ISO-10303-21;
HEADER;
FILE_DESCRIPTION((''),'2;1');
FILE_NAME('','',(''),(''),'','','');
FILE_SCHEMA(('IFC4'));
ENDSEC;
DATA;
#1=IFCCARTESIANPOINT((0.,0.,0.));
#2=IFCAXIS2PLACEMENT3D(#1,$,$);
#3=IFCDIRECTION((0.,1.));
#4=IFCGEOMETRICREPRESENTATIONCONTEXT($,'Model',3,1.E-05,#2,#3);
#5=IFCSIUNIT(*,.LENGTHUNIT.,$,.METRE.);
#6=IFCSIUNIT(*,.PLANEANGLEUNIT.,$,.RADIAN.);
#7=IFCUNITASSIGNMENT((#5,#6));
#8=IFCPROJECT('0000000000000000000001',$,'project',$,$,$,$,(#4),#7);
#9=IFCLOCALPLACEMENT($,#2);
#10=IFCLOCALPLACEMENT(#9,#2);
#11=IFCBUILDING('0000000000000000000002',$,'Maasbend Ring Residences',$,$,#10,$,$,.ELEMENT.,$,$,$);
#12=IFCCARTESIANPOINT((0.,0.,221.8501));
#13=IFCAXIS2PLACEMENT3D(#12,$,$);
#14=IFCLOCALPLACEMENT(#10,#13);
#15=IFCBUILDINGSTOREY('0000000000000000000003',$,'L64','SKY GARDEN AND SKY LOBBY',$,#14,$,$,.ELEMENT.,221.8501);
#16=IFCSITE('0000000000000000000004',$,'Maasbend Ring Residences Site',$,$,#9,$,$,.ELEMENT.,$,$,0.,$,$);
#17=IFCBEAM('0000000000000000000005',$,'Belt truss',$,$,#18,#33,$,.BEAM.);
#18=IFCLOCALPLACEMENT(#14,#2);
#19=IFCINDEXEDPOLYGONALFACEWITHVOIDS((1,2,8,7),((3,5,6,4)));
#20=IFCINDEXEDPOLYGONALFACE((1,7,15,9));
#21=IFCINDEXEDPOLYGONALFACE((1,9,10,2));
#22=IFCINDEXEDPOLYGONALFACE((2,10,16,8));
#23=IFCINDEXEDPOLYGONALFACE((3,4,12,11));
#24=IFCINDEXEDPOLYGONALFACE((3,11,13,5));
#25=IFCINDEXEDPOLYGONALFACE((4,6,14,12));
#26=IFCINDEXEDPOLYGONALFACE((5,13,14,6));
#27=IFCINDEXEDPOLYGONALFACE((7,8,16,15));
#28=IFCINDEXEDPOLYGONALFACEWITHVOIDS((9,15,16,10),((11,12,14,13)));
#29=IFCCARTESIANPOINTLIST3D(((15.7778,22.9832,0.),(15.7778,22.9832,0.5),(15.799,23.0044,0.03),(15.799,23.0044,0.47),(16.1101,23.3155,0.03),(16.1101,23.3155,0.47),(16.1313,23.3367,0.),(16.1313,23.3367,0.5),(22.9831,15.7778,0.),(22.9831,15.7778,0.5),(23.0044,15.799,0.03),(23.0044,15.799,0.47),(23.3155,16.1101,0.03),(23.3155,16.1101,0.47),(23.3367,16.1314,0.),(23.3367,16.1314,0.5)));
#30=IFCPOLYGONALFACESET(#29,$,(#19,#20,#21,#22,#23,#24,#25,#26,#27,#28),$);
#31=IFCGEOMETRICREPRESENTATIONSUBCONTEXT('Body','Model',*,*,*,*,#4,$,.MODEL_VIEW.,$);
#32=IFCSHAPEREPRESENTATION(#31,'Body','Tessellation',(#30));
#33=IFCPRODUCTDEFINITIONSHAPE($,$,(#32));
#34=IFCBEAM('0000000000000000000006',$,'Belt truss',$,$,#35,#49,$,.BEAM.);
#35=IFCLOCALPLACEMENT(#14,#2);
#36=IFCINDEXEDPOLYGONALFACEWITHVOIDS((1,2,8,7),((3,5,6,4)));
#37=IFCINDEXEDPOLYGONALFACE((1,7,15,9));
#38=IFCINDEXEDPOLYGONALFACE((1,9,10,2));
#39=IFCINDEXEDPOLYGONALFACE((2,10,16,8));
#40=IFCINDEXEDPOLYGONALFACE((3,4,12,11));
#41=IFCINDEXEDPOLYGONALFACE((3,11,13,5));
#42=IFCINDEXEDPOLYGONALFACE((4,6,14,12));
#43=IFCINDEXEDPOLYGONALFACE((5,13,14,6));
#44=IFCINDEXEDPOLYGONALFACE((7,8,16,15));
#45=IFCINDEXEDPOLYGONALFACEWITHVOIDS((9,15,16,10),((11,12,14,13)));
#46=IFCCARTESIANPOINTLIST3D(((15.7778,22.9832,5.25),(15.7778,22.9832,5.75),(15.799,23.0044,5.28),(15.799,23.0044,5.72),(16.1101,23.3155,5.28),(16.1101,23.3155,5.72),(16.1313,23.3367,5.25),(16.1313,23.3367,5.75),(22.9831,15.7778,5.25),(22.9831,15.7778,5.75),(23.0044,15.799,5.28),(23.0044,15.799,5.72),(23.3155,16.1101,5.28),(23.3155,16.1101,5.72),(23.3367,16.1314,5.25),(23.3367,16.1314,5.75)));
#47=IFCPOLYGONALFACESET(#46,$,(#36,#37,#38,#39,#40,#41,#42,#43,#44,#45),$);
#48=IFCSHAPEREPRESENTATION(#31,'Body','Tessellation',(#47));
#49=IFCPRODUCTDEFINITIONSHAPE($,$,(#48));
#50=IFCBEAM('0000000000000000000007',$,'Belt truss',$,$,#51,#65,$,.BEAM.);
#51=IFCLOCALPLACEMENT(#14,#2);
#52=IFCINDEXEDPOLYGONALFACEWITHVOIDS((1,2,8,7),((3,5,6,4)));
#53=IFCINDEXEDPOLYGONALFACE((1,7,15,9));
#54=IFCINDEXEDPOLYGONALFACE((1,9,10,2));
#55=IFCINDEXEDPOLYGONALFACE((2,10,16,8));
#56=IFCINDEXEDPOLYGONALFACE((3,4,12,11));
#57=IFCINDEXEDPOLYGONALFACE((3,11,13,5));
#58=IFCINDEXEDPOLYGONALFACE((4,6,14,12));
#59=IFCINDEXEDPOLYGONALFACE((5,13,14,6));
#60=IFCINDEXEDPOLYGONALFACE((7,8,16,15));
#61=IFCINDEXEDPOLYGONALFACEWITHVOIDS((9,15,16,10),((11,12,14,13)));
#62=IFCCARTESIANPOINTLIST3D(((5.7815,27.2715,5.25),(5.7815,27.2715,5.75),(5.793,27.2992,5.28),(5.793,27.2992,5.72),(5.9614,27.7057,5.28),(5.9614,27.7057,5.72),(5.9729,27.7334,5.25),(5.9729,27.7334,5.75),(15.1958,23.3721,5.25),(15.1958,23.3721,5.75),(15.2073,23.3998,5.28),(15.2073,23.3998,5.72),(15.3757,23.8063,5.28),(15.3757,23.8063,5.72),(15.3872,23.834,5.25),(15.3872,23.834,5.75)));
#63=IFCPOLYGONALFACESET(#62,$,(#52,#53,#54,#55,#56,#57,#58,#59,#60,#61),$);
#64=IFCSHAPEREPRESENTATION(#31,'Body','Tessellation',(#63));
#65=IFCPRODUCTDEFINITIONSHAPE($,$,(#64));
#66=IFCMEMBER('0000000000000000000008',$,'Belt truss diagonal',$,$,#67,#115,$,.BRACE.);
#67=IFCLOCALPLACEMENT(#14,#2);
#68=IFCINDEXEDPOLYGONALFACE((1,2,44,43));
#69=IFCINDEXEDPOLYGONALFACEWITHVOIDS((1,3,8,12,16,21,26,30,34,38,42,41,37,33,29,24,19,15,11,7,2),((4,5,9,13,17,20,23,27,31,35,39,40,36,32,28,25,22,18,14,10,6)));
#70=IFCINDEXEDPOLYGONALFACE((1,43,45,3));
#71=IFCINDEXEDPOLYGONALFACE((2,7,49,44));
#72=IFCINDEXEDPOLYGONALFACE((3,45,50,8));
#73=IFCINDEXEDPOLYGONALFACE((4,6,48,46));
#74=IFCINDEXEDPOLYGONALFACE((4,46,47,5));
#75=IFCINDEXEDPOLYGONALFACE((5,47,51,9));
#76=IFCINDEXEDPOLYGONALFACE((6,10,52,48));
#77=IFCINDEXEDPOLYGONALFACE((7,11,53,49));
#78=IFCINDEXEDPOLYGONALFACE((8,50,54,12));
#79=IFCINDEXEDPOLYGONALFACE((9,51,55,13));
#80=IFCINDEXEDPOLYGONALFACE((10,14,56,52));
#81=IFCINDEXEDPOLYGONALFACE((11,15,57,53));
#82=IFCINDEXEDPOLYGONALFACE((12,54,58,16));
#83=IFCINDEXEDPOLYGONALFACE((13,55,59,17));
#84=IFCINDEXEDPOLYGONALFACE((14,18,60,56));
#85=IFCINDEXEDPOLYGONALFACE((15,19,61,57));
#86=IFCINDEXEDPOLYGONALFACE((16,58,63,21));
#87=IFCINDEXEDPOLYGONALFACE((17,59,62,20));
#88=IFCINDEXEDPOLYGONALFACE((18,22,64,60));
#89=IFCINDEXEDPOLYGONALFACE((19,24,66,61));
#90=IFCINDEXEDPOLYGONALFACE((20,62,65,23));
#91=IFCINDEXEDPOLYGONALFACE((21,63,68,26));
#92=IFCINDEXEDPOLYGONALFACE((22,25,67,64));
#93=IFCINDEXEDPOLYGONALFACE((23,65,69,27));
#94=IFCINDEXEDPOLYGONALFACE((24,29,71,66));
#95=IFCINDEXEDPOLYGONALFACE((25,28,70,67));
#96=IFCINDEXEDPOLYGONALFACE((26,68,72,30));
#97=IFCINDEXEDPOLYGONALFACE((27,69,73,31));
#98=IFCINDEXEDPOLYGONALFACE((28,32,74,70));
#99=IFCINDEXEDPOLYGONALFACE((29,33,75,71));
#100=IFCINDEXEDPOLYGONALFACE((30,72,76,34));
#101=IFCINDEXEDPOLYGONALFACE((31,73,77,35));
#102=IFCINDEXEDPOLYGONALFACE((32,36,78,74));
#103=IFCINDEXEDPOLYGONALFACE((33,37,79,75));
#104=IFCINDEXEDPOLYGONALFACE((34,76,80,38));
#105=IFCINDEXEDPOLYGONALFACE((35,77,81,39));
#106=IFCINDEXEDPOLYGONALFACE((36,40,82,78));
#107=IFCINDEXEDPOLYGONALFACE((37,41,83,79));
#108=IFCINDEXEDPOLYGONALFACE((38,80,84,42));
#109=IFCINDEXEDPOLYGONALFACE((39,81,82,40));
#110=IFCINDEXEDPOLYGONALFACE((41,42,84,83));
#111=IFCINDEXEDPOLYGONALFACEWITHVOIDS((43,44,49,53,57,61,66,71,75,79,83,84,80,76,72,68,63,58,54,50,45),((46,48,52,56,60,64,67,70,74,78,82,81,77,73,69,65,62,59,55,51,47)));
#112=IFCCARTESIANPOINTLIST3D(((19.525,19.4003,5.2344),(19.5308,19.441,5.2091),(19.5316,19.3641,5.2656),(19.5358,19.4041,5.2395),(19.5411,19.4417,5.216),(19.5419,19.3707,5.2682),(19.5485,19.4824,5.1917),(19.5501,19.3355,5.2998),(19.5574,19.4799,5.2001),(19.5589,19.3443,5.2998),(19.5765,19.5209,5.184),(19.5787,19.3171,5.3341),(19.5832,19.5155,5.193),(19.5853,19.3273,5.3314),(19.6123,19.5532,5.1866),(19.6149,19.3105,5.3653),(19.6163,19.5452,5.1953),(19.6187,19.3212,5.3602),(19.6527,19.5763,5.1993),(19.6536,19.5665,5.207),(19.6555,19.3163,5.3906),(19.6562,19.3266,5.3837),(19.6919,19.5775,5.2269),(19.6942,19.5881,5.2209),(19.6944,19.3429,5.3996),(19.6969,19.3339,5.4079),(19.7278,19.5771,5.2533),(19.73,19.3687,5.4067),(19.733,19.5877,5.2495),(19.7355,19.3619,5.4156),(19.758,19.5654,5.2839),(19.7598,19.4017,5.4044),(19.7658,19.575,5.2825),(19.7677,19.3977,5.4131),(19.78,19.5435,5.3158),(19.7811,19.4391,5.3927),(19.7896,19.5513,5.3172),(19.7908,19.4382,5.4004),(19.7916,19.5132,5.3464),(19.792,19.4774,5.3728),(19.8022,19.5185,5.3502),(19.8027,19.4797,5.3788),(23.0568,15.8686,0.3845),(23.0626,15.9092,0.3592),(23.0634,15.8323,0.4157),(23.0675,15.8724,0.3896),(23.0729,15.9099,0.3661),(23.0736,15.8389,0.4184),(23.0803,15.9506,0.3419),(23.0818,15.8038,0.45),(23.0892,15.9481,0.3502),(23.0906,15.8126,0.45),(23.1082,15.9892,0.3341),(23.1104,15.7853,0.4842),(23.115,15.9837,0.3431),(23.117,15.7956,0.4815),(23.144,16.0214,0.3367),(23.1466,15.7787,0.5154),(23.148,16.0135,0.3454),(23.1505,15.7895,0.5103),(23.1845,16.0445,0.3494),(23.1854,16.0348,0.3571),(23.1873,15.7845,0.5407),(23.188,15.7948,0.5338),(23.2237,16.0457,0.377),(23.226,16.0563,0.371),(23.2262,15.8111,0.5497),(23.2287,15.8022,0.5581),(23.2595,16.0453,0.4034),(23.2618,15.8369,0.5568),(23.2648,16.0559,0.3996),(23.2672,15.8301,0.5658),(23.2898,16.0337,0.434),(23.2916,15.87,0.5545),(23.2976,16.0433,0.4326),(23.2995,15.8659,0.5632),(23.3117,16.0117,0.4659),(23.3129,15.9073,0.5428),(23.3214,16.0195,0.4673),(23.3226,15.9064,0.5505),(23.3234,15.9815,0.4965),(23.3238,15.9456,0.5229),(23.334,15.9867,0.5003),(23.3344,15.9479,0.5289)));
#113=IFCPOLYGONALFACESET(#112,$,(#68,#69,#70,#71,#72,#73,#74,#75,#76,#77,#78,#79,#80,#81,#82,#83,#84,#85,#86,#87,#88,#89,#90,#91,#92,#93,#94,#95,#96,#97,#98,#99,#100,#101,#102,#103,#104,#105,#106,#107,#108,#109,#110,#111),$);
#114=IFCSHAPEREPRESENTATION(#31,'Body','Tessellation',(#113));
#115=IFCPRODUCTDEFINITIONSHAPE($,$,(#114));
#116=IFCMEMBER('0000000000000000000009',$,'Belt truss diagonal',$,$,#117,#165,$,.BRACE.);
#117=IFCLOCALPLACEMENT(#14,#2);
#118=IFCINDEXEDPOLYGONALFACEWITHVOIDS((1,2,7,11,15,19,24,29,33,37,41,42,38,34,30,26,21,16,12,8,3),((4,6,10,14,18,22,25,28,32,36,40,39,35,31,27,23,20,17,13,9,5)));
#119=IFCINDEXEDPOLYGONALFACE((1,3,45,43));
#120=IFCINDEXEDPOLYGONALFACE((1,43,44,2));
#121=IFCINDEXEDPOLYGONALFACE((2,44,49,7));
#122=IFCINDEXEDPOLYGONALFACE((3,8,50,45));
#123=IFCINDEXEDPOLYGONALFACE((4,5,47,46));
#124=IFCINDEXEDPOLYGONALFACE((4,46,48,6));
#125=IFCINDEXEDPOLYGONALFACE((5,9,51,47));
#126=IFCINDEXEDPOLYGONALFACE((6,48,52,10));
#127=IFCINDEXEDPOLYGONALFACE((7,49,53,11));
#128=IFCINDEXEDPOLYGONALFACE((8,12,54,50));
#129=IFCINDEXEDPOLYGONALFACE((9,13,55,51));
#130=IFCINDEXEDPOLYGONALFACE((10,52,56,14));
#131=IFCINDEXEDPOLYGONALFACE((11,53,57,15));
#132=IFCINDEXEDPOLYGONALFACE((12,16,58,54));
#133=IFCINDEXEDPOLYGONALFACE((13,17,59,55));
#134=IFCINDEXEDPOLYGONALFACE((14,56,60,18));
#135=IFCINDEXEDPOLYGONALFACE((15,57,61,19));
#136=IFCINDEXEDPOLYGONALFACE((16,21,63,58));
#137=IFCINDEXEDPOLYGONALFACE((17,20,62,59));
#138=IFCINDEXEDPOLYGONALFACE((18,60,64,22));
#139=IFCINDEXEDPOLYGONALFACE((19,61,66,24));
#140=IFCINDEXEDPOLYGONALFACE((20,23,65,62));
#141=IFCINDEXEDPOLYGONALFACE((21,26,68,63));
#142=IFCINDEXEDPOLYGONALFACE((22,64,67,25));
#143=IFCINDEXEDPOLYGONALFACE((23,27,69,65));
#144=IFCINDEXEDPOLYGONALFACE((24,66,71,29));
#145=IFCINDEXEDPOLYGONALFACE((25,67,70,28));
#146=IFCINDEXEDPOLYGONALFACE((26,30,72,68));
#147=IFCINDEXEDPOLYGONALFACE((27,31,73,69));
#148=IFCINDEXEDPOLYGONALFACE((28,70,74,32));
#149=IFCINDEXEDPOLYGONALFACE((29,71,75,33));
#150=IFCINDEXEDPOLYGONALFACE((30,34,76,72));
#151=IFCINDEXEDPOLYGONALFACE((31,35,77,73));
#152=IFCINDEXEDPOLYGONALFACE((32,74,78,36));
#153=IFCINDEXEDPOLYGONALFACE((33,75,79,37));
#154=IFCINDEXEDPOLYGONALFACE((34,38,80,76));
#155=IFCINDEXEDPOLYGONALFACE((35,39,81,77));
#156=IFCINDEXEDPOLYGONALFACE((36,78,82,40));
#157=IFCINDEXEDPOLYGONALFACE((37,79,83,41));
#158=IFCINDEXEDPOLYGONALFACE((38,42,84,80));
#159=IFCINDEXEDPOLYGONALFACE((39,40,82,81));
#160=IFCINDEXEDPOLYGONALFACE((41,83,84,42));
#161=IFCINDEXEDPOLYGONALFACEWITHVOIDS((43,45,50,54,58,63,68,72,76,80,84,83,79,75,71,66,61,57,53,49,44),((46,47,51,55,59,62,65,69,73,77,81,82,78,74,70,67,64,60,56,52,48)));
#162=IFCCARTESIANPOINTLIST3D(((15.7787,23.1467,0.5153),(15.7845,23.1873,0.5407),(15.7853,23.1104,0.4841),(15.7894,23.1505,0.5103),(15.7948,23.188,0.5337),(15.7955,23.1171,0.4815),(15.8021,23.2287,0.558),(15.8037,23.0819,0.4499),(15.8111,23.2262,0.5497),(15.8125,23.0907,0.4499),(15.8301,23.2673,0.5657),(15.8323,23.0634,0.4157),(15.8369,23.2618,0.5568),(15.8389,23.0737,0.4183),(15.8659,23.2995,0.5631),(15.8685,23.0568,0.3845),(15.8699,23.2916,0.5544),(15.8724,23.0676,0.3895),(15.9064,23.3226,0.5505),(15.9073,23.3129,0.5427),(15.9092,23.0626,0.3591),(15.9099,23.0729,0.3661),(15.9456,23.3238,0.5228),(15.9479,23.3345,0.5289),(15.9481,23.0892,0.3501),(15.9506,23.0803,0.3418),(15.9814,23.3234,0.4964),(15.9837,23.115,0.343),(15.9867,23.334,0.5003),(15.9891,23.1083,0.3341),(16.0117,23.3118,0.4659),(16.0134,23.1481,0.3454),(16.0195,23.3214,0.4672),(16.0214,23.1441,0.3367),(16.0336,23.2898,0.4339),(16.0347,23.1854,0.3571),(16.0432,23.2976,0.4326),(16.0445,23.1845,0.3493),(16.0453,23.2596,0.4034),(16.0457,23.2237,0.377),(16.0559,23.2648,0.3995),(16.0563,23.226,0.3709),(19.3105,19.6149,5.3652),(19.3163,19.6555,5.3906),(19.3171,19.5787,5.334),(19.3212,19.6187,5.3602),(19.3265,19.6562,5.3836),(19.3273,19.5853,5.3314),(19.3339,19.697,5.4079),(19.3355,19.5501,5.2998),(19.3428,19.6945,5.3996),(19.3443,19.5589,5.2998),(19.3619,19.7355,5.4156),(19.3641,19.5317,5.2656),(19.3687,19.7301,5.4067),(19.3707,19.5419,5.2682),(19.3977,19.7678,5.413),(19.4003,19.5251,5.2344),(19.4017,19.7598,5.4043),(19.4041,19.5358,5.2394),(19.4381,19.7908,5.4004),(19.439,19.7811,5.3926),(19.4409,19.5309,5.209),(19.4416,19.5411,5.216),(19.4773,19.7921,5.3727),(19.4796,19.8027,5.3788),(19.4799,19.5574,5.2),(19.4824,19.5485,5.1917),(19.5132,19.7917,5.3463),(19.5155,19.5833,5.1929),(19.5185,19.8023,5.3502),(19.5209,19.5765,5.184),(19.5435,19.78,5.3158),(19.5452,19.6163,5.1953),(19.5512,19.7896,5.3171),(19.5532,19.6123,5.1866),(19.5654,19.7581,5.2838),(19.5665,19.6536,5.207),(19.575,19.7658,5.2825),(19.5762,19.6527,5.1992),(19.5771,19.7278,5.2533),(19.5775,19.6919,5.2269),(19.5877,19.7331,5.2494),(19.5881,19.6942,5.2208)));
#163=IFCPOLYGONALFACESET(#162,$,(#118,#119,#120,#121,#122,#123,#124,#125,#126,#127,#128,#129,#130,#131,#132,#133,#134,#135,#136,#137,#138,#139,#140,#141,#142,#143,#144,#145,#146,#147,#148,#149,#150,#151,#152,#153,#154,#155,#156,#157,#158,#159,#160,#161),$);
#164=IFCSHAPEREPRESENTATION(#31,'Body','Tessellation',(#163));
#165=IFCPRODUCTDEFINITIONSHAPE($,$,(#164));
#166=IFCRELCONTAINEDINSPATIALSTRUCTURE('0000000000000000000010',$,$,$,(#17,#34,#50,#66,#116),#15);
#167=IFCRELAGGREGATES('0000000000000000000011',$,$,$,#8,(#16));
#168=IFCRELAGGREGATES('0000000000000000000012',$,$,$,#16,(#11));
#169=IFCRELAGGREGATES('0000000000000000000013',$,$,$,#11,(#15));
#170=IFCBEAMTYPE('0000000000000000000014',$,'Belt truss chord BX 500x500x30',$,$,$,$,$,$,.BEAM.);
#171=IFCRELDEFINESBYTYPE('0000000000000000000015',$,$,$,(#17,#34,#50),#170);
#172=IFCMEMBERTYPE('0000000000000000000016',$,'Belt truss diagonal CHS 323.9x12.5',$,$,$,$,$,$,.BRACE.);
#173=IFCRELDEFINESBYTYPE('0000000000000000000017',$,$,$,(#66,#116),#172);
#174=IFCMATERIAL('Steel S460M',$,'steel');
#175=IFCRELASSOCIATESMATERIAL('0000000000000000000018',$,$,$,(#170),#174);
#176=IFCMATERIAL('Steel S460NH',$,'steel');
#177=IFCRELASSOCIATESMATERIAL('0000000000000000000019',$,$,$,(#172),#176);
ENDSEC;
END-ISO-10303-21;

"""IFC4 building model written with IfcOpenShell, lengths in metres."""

from ifc_helpers import new_model, si_unit, direction, frame, origin, origin_2d, place, context, subcontext, project, spatial, hollow_rectangle, hollow_circle, extrude, material, material_profile, profile_set, type_object, element, save


model = new_model("IFC4")

# Units and contexts
model_context = context("Model", 3, precision=1e-05, world=origin(), true_north=direction((0.0, 1.0)))
body_context = subcontext(model_context, "Body", "Model", "MODEL_VIEW")
ifc_project = project(units=[si_unit("LENGTHUNIT", "METRE"), si_unit("PLANEANGLEUNIT", "RADIAN")], contexts=[model_context])

# Site, building, storey
site_placement = place(None, origin())
site = spatial("IfcSite", under=ifc_project, at=site_placement, Name="Maasbend Ring Residences Site", CompositionType="ELEMENT", RefElevation=0.0)
building_placement = place(site_placement, origin())
building = spatial("IfcBuilding", under=site, at=building_placement, Name="Maasbend Ring Residences", CompositionType="ELEMENT")
storey_placement = place(building_placement, frame((0.0, 0.0, 221.8501)))
storey = spatial("IfcBuildingStorey", under=building, at=storey_placement, Name="L64", Description="SKY GARDEN AND SKY LOBBY", CompositionType="ELEMENT", Elevation=221.8501)

# Beams
ifc_material_1 = material(Name="Steel S460M", Category="steel")
ifc_material_profile_1 = material_profile(ifc_material_1, hollow_rectangle(XDim=0.5, YDim=0.5, WallThickness=0.03, at=origin_2d()), Name="Belt truss chord BX 500x500x30")
ifc_profile_set_1 = profile_set([ifc_material_profile_1], Name="Steel S460M")
beam_type_1 = type_object("IfcBeamType", Name="Belt truss chord BX 500x500x30", PredefinedType="BEAM", material=ifc_profile_set_1)
for number, where, z_axis, x_axis, name in (
    (1, (23.1599, 15.9546, 0.25), (-0.707107, 0.707107, 0.0), (-0.707107, -0.707107, 0.0), "Belt truss"),
    (2, (23.1599, 15.9546, 5.5), (-0.707107, 0.707107, 0.0), (-0.707107, -0.707107, 0.0), "Belt truss"),
    (3, (15.2915, 23.603, 5.5), (-0.923884, 0.382673, 0.0), (-0.382673, -0.923884, 0.0), "Belt truss"),
):
    element("IfcBeam", number, at=place(storey_placement, frame(where, z_axis=z_axis, x_axis=x_axis)), inside=storey, type_object=beam_type_1, Name=name, PredefinedType="BEAM", context=body_context, shape_type="SweptSolid", body=[
        extrude(hollow_rectangle(XDim=0.5, YDim=0.5, WallThickness=0.03, at=origin_2d()), origin(), (0.0, 0.0, 1.0), 10.1899),
    ])

# Members
ifc_material_2 = material(Name="Steel S460NH", Category="steel")
ifc_material_profile_2 = material_profile(ifc_material_2, hollow_circle(Radius=0.1619, WallThickness=0.0125, at=origin_2d()), Name="Belt truss diagonal CHS 323.9x12.5")
ifc_profile_set_2 = profile_set([ifc_material_profile_2], Name="Steel S460NH")
member_type_1 = type_object("IfcMemberType", Name="Belt truss diagonal CHS 323.9x12.5", PredefinedType="BRACE", material=ifc_profile_set_2)
for number, where, z_axis, x_axis, name in (
    (4, (23.1963, 15.9182, 0.45), (-0.507298, 0.507298, 0.696632), (-0.707107, -0.707107, 0.0), "Belt truss diagonal"),
    (5, (19.45, 19.6646, 5.2998), (-0.507298, 0.507298, -0.696632), (-0.707107, -0.707107, 0.0), "Belt truss diagonal"),
):
    element("IfcMember", number, at=place(storey_placement, frame(where, z_axis=z_axis, x_axis=x_axis)), inside=storey, type_object=member_type_1, Name=name, PredefinedType="BRACE", context=body_context, shape_type="SweptSolid", body=[
        extrude(hollow_circle(Radius=0.1619, WallThickness=0.0125, at=origin_2d()), origin(), (0.0, 0.0, 1.0), 6.9619),
    ])

save(model, "model.ifc")
